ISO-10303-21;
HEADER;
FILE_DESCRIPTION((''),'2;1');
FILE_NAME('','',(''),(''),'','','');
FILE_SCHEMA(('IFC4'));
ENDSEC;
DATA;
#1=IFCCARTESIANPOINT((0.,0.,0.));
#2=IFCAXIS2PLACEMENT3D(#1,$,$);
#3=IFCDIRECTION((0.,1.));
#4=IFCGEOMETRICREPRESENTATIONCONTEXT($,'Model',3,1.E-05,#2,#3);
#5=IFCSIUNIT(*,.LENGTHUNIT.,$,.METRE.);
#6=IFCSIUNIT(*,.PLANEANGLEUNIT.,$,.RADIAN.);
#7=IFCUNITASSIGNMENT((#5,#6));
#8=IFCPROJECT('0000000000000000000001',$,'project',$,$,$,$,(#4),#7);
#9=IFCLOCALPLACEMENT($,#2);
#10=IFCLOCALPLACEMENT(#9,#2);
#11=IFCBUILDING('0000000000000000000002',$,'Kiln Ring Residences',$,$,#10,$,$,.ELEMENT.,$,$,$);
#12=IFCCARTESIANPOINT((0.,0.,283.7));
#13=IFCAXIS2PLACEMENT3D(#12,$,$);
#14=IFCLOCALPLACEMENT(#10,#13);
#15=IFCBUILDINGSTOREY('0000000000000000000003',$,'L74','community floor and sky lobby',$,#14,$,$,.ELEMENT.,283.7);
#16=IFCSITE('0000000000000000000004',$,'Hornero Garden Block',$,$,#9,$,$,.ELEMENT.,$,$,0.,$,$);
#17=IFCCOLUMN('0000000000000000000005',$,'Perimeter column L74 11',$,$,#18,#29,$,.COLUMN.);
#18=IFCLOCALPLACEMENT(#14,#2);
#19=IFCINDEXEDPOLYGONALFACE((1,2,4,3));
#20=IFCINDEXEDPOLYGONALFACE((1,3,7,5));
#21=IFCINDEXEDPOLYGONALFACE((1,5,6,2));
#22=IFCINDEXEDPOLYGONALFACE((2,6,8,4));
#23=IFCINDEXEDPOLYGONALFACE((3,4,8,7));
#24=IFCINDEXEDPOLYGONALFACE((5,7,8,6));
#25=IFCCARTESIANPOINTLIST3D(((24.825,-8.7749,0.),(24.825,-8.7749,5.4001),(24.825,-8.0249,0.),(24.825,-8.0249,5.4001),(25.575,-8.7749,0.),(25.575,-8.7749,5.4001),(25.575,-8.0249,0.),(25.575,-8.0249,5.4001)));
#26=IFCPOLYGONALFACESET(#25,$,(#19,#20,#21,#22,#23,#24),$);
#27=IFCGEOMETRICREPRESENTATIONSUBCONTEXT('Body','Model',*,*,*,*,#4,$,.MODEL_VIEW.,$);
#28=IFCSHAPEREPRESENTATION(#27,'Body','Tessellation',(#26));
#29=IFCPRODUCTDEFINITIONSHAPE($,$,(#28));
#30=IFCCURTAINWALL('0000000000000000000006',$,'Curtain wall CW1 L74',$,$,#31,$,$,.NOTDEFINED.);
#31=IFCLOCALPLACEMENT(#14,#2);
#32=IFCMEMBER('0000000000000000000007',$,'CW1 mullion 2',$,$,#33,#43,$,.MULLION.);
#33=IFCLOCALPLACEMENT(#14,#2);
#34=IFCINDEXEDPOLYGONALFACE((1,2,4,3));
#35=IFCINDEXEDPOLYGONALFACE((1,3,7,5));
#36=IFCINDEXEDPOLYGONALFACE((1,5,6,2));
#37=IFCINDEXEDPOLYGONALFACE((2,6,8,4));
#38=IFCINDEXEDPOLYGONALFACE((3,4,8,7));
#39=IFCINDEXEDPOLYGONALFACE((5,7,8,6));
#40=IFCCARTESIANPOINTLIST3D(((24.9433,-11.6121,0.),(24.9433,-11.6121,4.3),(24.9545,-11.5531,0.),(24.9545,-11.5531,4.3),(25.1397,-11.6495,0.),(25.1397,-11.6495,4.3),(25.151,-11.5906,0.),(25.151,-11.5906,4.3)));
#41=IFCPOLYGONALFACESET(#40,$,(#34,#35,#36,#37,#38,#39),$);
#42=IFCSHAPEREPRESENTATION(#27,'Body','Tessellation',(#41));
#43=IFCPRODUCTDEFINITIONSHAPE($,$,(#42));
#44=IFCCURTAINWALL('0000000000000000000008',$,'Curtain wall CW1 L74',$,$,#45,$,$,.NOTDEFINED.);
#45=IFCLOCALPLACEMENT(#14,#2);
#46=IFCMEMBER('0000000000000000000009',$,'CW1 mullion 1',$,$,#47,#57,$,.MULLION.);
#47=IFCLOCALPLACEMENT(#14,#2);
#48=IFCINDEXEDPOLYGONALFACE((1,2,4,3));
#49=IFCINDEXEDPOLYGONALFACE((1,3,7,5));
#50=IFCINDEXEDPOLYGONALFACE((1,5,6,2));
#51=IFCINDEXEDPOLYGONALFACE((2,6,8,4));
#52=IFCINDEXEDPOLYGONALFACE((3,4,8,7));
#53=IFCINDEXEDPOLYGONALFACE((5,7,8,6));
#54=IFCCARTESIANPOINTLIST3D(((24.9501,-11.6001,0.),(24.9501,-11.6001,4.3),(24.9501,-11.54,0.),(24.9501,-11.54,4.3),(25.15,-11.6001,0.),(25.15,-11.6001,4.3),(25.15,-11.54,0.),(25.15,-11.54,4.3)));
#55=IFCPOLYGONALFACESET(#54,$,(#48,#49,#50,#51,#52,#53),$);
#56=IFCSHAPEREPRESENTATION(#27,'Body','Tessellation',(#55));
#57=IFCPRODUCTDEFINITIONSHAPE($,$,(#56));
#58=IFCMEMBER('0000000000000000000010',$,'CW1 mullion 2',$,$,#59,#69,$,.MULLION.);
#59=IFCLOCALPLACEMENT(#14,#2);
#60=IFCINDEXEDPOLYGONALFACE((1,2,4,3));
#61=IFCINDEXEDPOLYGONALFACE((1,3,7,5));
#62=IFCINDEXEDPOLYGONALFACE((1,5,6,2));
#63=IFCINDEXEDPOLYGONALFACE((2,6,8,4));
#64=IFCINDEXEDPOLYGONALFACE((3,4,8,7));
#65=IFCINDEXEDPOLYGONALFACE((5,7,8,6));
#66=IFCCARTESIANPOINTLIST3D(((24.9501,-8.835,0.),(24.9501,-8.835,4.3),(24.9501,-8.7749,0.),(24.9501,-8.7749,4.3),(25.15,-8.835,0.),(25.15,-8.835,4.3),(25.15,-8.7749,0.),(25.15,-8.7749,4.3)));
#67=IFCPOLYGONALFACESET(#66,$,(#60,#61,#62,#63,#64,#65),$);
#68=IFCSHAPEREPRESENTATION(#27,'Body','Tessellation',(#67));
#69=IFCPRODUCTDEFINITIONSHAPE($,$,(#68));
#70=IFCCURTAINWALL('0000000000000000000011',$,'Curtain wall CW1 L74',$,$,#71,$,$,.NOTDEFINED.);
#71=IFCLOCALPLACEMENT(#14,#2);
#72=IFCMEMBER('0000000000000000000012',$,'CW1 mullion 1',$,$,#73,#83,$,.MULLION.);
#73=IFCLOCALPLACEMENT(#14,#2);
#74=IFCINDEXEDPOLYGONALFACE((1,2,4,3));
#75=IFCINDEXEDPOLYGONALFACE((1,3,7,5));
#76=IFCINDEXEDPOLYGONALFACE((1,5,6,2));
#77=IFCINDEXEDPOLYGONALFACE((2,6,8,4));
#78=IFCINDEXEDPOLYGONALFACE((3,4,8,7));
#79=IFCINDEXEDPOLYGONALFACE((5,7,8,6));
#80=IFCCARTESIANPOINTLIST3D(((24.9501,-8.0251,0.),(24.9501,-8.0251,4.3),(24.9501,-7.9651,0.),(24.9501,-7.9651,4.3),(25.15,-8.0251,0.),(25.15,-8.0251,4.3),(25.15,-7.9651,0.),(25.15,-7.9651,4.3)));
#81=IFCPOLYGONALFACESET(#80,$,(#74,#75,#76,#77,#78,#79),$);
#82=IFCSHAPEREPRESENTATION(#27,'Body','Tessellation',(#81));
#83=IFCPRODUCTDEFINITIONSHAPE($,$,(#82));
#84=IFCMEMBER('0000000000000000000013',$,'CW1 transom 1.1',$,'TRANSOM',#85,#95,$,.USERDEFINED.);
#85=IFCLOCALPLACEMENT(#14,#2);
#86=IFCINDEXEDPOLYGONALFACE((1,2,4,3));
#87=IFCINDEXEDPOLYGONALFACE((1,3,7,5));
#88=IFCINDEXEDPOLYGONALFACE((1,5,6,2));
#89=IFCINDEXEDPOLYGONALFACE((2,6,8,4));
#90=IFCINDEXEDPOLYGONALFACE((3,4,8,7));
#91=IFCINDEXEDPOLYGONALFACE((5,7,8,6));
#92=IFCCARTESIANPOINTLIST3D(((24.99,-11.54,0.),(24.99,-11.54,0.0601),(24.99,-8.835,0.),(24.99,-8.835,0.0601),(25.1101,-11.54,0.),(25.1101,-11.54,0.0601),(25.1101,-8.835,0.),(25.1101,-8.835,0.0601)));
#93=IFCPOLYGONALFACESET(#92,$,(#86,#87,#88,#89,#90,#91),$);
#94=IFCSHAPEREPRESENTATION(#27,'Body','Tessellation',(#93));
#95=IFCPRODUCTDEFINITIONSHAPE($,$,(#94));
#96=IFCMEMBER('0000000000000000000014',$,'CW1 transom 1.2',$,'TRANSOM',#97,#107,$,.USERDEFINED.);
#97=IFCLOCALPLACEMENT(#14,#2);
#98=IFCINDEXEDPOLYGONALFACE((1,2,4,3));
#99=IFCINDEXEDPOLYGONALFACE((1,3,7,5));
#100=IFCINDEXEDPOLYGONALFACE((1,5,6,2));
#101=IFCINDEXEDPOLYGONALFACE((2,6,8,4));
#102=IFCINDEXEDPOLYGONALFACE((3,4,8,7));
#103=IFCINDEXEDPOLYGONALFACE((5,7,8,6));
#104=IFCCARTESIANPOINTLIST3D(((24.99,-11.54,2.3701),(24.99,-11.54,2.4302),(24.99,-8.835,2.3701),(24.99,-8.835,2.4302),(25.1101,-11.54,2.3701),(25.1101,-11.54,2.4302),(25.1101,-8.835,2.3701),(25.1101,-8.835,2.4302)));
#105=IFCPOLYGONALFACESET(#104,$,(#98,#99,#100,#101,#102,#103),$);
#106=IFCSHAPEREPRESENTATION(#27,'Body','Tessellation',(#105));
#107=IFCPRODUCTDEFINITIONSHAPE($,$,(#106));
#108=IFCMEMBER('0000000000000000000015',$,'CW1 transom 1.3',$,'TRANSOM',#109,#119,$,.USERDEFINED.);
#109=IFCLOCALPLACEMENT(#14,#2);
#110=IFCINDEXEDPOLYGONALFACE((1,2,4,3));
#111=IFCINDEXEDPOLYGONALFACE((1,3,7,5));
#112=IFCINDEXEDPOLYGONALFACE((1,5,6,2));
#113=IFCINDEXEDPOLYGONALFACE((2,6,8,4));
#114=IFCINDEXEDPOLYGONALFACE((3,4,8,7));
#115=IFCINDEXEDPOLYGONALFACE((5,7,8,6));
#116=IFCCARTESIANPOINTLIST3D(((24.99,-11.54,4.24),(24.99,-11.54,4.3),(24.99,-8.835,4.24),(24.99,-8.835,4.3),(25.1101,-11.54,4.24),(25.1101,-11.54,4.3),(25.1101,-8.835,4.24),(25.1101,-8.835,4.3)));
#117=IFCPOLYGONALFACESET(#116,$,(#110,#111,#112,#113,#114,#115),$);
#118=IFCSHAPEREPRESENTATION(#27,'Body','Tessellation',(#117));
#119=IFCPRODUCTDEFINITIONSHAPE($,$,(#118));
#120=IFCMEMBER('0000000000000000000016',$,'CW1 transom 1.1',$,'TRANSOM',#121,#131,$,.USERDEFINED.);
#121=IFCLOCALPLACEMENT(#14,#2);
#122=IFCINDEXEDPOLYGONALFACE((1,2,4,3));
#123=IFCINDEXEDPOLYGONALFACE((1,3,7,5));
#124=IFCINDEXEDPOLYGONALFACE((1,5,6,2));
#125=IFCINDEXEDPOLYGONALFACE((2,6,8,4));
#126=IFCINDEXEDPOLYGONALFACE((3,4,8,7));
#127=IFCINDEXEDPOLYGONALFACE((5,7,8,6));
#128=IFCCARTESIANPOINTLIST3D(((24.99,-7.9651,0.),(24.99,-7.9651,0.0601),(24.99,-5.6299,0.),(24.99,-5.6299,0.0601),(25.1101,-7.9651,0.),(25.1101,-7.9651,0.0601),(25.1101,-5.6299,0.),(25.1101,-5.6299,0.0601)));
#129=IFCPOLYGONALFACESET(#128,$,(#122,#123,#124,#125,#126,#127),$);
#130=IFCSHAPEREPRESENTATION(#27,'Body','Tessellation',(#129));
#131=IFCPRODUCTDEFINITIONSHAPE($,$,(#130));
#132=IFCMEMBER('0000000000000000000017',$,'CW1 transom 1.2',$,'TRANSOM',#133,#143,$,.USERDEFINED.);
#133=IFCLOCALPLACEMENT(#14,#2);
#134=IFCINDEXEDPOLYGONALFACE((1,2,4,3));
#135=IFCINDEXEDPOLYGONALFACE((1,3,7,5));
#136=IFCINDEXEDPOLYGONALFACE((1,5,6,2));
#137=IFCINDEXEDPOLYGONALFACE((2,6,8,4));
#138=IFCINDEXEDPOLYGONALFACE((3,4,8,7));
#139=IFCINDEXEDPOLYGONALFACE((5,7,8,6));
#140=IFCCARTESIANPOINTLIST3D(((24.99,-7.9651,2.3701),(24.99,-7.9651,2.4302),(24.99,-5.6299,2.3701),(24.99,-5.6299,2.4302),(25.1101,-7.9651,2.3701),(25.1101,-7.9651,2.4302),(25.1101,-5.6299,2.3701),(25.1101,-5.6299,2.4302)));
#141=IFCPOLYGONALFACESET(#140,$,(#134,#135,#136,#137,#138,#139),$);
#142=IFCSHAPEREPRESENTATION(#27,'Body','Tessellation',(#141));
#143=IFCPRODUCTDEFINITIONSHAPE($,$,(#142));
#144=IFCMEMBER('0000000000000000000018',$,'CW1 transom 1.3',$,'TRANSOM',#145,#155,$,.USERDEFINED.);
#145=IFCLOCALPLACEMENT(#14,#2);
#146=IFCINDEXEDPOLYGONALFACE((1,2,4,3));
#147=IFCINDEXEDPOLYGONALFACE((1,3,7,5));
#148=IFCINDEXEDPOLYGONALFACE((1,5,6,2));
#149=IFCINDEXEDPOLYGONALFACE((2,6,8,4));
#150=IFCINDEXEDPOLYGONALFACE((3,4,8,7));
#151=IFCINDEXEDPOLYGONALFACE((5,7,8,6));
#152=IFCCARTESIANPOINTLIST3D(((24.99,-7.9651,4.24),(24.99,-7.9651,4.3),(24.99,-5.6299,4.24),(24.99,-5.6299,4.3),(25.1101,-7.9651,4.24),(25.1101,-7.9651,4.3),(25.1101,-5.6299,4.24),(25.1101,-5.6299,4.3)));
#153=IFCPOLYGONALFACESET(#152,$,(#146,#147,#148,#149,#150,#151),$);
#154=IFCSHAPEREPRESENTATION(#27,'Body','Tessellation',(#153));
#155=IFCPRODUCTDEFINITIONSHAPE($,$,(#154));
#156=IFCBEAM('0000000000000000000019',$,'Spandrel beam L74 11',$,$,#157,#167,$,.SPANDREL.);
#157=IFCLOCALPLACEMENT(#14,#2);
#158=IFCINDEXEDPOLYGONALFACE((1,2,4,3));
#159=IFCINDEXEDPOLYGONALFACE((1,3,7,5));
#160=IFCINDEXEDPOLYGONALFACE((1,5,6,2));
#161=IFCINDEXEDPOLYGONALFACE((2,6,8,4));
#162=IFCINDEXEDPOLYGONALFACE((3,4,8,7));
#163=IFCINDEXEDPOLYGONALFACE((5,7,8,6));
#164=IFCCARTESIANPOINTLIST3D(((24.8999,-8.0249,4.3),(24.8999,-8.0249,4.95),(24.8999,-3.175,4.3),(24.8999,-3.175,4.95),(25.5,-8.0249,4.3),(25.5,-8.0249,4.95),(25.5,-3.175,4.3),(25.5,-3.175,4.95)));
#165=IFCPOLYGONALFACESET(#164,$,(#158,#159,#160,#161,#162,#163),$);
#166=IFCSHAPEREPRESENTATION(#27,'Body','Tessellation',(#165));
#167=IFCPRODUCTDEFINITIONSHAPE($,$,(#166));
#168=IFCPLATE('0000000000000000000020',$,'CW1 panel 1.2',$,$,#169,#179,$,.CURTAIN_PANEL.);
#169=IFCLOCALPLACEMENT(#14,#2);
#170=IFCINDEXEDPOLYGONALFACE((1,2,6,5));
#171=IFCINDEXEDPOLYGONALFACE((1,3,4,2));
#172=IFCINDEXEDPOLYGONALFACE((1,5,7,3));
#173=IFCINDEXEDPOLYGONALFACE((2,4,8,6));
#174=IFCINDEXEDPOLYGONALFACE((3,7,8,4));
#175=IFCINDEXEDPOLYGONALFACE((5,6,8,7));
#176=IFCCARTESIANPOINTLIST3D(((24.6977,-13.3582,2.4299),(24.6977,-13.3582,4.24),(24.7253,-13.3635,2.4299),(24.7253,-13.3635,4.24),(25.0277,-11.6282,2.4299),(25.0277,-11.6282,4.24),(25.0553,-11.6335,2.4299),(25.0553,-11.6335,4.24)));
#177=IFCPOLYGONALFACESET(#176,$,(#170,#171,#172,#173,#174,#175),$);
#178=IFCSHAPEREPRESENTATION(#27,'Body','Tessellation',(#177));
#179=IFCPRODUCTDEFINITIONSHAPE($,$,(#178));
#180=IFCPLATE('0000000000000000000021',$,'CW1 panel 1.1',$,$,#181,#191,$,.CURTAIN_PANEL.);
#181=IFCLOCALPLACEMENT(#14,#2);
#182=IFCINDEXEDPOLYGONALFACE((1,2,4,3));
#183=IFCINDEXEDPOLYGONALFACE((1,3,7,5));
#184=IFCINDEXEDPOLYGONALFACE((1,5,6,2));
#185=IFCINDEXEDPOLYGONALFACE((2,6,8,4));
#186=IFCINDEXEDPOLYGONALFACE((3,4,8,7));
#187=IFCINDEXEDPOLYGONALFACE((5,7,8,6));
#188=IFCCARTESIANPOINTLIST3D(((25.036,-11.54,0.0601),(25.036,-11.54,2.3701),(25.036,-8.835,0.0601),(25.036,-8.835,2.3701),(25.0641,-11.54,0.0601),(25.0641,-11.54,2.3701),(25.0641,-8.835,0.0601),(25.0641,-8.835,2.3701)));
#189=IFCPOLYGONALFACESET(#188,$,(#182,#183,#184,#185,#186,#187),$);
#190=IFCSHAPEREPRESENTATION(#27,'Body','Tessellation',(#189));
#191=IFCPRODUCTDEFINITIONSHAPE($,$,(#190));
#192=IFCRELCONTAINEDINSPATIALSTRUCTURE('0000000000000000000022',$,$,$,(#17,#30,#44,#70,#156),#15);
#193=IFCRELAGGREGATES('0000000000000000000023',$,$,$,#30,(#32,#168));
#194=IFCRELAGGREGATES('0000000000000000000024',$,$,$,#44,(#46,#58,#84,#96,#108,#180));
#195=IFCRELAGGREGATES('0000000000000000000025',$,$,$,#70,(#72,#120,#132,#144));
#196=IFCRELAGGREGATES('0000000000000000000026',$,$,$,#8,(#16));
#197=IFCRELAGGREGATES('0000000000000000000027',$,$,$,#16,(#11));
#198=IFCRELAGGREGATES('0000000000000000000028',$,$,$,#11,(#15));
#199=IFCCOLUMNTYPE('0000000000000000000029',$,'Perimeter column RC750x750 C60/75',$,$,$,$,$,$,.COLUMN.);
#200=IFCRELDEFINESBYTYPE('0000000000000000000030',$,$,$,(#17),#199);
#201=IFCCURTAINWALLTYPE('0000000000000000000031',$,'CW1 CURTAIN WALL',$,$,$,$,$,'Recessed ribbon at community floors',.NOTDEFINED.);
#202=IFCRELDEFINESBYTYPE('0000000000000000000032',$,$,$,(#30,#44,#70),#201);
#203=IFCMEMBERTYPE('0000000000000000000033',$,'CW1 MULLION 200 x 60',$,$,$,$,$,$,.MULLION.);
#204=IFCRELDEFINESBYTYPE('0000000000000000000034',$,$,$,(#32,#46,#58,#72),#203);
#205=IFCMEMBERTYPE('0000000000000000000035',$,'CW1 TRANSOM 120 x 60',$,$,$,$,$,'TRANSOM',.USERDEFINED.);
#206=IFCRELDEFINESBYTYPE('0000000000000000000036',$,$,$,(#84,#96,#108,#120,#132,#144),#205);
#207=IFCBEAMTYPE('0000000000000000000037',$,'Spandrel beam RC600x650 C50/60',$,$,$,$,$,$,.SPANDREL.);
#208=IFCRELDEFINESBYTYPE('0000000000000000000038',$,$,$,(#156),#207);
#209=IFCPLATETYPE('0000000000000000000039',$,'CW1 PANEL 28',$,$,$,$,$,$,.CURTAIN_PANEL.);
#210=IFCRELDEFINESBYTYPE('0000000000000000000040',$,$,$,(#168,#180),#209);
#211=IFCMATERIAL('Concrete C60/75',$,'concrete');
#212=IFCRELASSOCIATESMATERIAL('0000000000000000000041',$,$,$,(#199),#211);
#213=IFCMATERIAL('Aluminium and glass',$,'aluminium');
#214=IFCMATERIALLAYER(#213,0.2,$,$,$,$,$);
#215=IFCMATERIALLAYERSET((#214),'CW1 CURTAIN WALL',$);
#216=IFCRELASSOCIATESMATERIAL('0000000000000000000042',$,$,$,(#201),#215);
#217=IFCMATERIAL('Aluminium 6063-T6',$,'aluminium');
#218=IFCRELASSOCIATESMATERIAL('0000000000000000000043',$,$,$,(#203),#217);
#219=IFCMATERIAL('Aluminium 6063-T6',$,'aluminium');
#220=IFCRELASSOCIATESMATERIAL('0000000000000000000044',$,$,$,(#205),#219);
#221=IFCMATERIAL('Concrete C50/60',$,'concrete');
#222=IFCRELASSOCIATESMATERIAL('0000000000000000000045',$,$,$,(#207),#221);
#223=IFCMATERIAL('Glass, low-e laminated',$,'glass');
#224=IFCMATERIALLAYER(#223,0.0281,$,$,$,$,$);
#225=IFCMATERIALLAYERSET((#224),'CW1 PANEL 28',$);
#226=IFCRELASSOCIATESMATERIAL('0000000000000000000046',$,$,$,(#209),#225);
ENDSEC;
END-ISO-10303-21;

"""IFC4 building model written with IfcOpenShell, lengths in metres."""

from ifc_helpers import new_model, si_unit, direction, frame, origin, origin_2d, place, context, subcontext, project, spatial, rectangle, extrude, material, layer, layer_set, material_profile, profile_set, type_object, element, aggregate, save


model = new_model("IFC4")

# Units and contexts
model_context = context("Model", 3, precision=1e-05, world=origin(), true_north=direction((0.0, 1.0)))
body_context = subcontext(model_context, "Body", "Model", "MODEL_VIEW")
ifc_project = project(units=[si_unit("LENGTHUNIT", "METRE"), si_unit("PLANEANGLEUNIT", "RADIAN")], contexts=[model_context])

# Site, building, storey
site_placement = place(None, origin())
site = spatial("IfcSite", under=ifc_project, at=site_placement, Name="Hornero Garden Block", CompositionType="ELEMENT", RefElevation=0.0)
building_placement = place(site_placement, origin())
building = spatial("IfcBuilding", under=site, at=building_placement, Name="Kiln Ring Residences", CompositionType="ELEMENT")
storey_placement = place(building_placement, frame((0.0, 0.0, 283.7)))
storey = spatial("IfcBuildingStorey", under=building, at=storey_placement, Name="L74", Description="community floor and sky lobby", CompositionType="ELEMENT", Elevation=283.7)

# Column
ifc_material_1 = material(Name="Concrete C60/75", Category="concrete")
ifc_material_profile_1 = material_profile(ifc_material_1, rectangle(XDim=0.75, YDim=0.75, at=origin_2d()), Name="RC750x750")
ifc_profile_set_1 = profile_set([ifc_material_profile_1], Name="Concrete C60/75")
column_type = type_object("IfcColumnType", Name="Perimeter column RC750x750 C60/75", PredefinedType="COLUMN", material=ifc_profile_set_1)
column_placement = place(storey_placement, frame((25.2, -8.3999, 0.0), z_axis=(0.0, 0.0, 1.0), x_axis=(1.0, 0.0, 0.0)))
element("IfcColumn", 1, at=column_placement, inside=storey, type_object=column_type, Name="Perimeter column L74 11", PredefinedType="COLUMN", context=body_context, shape_type="SweptSolid", body=[
    extrude(rectangle(XDim=0.75, YDim=0.75, at=origin_2d()), origin(), (0.0, 0.0, 1.0), 5.4001),
])

# Curtain wall, member
ifc_material_2 = material(Name="Aluminium and glass", Category="aluminium")
ifc_layer_1 = layer(ifc_material_2, 0.2)
ifc_layer_set_1 = layer_set([ifc_layer_1], Name="CW1 CURTAIN WALL")
curtain_wall_type = type_object("IfcCurtainWallType", Name="CW1 CURTAIN WALL", ElementType="Recessed ribbon at community floors", PredefinedType="NOTDEFINED", material=ifc_layer_set_1)
placement = place(storey_placement, origin())
curtain_wall_1 = element("IfcCurtainWall", 2, at=placement, inside=storey, type_object=curtain_wall_type, Name="Curtain wall CW1 L74", PredefinedType="NOTDEFINED")
ifc_material_3 = material(Name="Aluminium 6063-T6", Category="aluminium")
ifc_material_profile_2 = material_profile(ifc_material_3, rectangle(XDim=0.2, YDim=0.0601, at=origin_2d()), Name="AL 200x60")
ifc_profile_set_2 = profile_set([ifc_material_profile_2], Name="Aluminium 6063-T6")
member_type_1 = type_object("IfcMemberType", Name="CW1 MULLION 200 x 60", PredefinedType="MULLION", material=ifc_profile_set_2)
member_1_placement = place(storey_placement, frame((25.0471, -11.6013, 0.0), z_axis=(0.0, 0.0, 1.0), x_axis=(-0.98229, 0.187366, 0.0)))
member_1 = element("IfcMember", 3, at=member_1_placement, type_object=member_type_1, Name="CW1 mullion 2", PredefinedType="MULLION", context=body_context, shape_type="SweptSolid", body=[
    extrude(rectangle(XDim=0.2, YDim=0.0601, at=origin_2d()), origin(), (0.0, 0.0, 1.0), 4.3),
])

# Curtain wall, members
curtain_wall_2 = element("IfcCurtainWall", 4, at=placement, inside=storey, type_object=curtain_wall_type, Name="Curtain wall CW1 L74", PredefinedType="NOTDEFINED")
member_2_placement = place(storey_placement, frame((25.05, -11.5701, 0.0), z_axis=(0.0, 0.0, 1.0), x_axis=(-1.0, 0.0, 0.0)))
member_2 = element("IfcMember", 5, at=member_2_placement, type_object=member_type_1, Name="CW1 mullion 1", PredefinedType="MULLION", context=body_context, shape_type="SweptSolid", body=[
    extrude(rectangle(XDim=0.2, YDim=0.0601, at=origin_2d()), origin(), (0.0, 0.0, 1.0), 4.3),
])
member_3_placement = place(storey_placement, frame((25.05, -8.8049, 0.0), z_axis=(0.0, 0.0, 1.0), x_axis=(-1.0, 0.0, 0.0)))
member_3 = element("IfcMember", 6, at=member_3_placement, type_object=member_type_1, Name="CW1 mullion 2", PredefinedType="MULLION", context=body_context, shape_type="SweptSolid", body=[
    extrude(rectangle(XDim=0.2, YDim=0.0601, at=origin_2d()), origin(), (0.0, 0.0, 1.0), 4.3),
])

# Curtain wall, member
curtain_wall_3 = element("IfcCurtainWall", 7, at=placement, inside=storey, type_object=curtain_wall_type, Name="Curtain wall CW1 L74", PredefinedType="NOTDEFINED")
member_4_placement = place(storey_placement, frame((25.05, -7.9951, 0.0), z_axis=(0.0, 0.0, 1.0), x_axis=(-1.0, 0.0, 0.0)))
member_4 = element("IfcMember", 8, at=member_4_placement, type_object=member_type_1, Name="CW1 mullion 1", PredefinedType="MULLION", context=body_context, shape_type="SweptSolid", body=[
    extrude(rectangle(XDim=0.2, YDim=0.0601, at=origin_2d()), origin(), (0.0, 0.0, 1.0), 4.3),
])

# Members
ifc_material_4 = material(Name="Aluminium 6063-T6", Category="aluminium")
ifc_material_profile_3 = material_profile(ifc_material_4, rectangle(XDim=0.1201, YDim=0.0601, at=origin_2d()), Name="AL 120x60")
ifc_profile_set_3 = profile_set([ifc_material_profile_3], Name="Aluminium 6063-T6")
member_type_2 = type_object("IfcMemberType", Name="CW1 TRANSOM 120 x 60", ElementType="TRANSOM", PredefinedType="USERDEFINED", material=ifc_profile_set_3)
member_5_placement = place(storey_placement, frame((25.05, -11.54, 0.03), z_axis=(0.0, 1.0, 0.0), x_axis=(-1.0, 0.0, 0.0)))
member_5 = element("IfcMember", 9, at=member_5_placement, type_object=member_type_2, Name="CW1 transom 1.1", ObjectType="TRANSOM", PredefinedType="USERDEFINED", context=body_context, shape_type="SweptSolid", body=[
    extrude(rectangle(XDim=0.1201, YDim=0.0601, at=origin_2d()), origin(), (0.0, 0.0, 1.0), 2.7051),
])
member_6_placement = place(storey_placement, frame((25.05, -11.54, 2.4001), z_axis=(0.0, 1.0, 0.0), x_axis=(-1.0, 0.0, 0.0)))
member_6 = element("IfcMember", 10, at=member_6_placement, type_object=member_type_2, Name="CW1 transom 1.2", ObjectType="TRANSOM", PredefinedType="USERDEFINED", context=body_context, shape_type="SweptSolid", body=[
    extrude(rectangle(XDim=0.1201, YDim=0.0601, at=origin_2d()), origin(), (0.0, 0.0, 1.0), 2.7051),
])
member_7_placement = place(storey_placement, frame((25.05, -11.54, 4.27), z_axis=(0.0, 1.0, 0.0), x_axis=(-1.0, 0.0, 0.0)))
member_7 = element("IfcMember", 11, at=member_7_placement, type_object=member_type_2, Name="CW1 transom 1.3", ObjectType="TRANSOM", PredefinedType="USERDEFINED", context=body_context, shape_type="SweptSolid", body=[
    extrude(rectangle(XDim=0.1201, YDim=0.0601, at=origin_2d()), origin(), (0.0, 0.0, 1.0), 2.7051),
])
member_8_placement = place(storey_placement, frame((25.05, -7.9651, 0.03), z_axis=(0.0, 1.0, 0.0), x_axis=(-1.0, 0.0, 0.0)))
member_8 = element("IfcMember", 12, at=member_8_placement, type_object=member_type_2, Name="CW1 transom 1.1", ObjectType="TRANSOM", PredefinedType="USERDEFINED", context=body_context, shape_type="SweptSolid", body=[
    extrude(rectangle(XDim=0.1201, YDim=0.0601, at=origin_2d()), origin(), (0.0, 0.0, 1.0), 2.3352),
])
member_9_placement = place(storey_placement, frame((25.05, -7.9651, 2.4001), z_axis=(0.0, 1.0, 0.0), x_axis=(-1.0, 0.0, 0.0)))
member_9 = element("IfcMember", 13, at=member_9_placement, type_object=member_type_2, Name="CW1 transom 1.2", ObjectType="TRANSOM", PredefinedType="USERDEFINED", context=body_context, shape_type="SweptSolid", body=[
    extrude(rectangle(XDim=0.1201, YDim=0.0601, at=origin_2d()), origin(), (0.0, 0.0, 1.0), 2.3352),
])
member_10_placement = place(storey_placement, frame((25.05, -7.9651, 4.27), z_axis=(0.0, 1.0, 0.0), x_axis=(-1.0, 0.0, 0.0)))
member_10 = element("IfcMember", 14, at=member_10_placement, type_object=member_type_2, Name="CW1 transom 1.3", ObjectType="TRANSOM", PredefinedType="USERDEFINED", context=body_context, shape_type="SweptSolid", body=[
    extrude(rectangle(XDim=0.1201, YDim=0.0601, at=origin_2d()), origin(), (0.0, 0.0, 1.0), 2.3352),
])

# Beam
ifc_material_5 = material(Name="Concrete C50/60", Category="concrete")
ifc_material_profile_4 = material_profile(ifc_material_5, rectangle(XDim=0.6001, YDim=0.6499, at=origin_2d()), Name="RC600x650")
ifc_profile_set_4 = profile_set([ifc_material_profile_4], Name="Concrete C50/60")
beam_type = type_object("IfcBeamType", Name="Spandrel beam RC600x650 C50/60", PredefinedType="SPANDREL", material=ifc_profile_set_4)
beam_placement = place(storey_placement, frame((25.2, -8.0249, 4.625), z_axis=(0.0, 1.0, 0.0), x_axis=(-1.0, 0.0, 0.0)))
element("IfcBeam", 15, at=beam_placement, inside=storey, type_object=beam_type, Name="Spandrel beam L74 11", PredefinedType="SPANDREL", context=body_context, shape_type="SweptSolid", body=[
    extrude(rectangle(XDim=0.6001, YDim=0.6499, at=origin_2d()), origin(), (0.0, 0.0, 1.0), 4.8499),
])

# Plates
ifc_material_6 = material(Name="Glass, low-e laminated", Category="glass")
ifc_layer_2 = layer(ifc_material_6, 0.0281)
ifc_layer_set_2 = layer_set([ifc_layer_2], Name="CW1 PANEL 28")
plate_type = type_object("IfcPlateType", Name="CW1 PANEL 28", PredefinedType="CURTAIN_PANEL", material=ifc_layer_set_2)
plate_1_placement = place(storey_placement, frame((24.8765, -12.4958, 2.4299), z_axis=(0.0, 0.0, 1.0), x_axis=(0.187366, 0.98229, 0.0)))
plate_1 = element("IfcPlate", 16, at=plate_1_placement, type_object=plate_type, Name="CW1 panel 1.2", PredefinedType="CURTAIN_PANEL", context=body_context, shape_type="SweptSolid", body=[
    extrude(rectangle(XDim=1.7612, YDim=0.0281, at=origin_2d()), origin(), (0.0, 0.0, 1.0), 1.8101),
])
aggregate(curtain_wall_1, [member_1, plate_1])
plate_2_placement = place(storey_placement, frame((25.05, -10.1875, 0.0601), z_axis=(0.0, 0.0, 1.0), x_axis=(0.0, 1.0, 0.0)))
plate_2 = element("IfcPlate", 17, at=plate_2_placement, type_object=plate_type, Name="CW1 panel 1.1", PredefinedType="CURTAIN_PANEL", context=body_context, shape_type="SweptSolid", body=[
    extrude(rectangle(XDim=2.7051, YDim=0.0281, at=origin_2d()), origin(), (0.0, 0.0, 1.0), 2.3101),
])
aggregate(curtain_wall_2, [member_2, member_3, member_5, member_6, member_7, plate_2])
aggregate(curtain_wall_3, [member_4, member_8, member_9, member_10])

save(model, "model.ifc")
